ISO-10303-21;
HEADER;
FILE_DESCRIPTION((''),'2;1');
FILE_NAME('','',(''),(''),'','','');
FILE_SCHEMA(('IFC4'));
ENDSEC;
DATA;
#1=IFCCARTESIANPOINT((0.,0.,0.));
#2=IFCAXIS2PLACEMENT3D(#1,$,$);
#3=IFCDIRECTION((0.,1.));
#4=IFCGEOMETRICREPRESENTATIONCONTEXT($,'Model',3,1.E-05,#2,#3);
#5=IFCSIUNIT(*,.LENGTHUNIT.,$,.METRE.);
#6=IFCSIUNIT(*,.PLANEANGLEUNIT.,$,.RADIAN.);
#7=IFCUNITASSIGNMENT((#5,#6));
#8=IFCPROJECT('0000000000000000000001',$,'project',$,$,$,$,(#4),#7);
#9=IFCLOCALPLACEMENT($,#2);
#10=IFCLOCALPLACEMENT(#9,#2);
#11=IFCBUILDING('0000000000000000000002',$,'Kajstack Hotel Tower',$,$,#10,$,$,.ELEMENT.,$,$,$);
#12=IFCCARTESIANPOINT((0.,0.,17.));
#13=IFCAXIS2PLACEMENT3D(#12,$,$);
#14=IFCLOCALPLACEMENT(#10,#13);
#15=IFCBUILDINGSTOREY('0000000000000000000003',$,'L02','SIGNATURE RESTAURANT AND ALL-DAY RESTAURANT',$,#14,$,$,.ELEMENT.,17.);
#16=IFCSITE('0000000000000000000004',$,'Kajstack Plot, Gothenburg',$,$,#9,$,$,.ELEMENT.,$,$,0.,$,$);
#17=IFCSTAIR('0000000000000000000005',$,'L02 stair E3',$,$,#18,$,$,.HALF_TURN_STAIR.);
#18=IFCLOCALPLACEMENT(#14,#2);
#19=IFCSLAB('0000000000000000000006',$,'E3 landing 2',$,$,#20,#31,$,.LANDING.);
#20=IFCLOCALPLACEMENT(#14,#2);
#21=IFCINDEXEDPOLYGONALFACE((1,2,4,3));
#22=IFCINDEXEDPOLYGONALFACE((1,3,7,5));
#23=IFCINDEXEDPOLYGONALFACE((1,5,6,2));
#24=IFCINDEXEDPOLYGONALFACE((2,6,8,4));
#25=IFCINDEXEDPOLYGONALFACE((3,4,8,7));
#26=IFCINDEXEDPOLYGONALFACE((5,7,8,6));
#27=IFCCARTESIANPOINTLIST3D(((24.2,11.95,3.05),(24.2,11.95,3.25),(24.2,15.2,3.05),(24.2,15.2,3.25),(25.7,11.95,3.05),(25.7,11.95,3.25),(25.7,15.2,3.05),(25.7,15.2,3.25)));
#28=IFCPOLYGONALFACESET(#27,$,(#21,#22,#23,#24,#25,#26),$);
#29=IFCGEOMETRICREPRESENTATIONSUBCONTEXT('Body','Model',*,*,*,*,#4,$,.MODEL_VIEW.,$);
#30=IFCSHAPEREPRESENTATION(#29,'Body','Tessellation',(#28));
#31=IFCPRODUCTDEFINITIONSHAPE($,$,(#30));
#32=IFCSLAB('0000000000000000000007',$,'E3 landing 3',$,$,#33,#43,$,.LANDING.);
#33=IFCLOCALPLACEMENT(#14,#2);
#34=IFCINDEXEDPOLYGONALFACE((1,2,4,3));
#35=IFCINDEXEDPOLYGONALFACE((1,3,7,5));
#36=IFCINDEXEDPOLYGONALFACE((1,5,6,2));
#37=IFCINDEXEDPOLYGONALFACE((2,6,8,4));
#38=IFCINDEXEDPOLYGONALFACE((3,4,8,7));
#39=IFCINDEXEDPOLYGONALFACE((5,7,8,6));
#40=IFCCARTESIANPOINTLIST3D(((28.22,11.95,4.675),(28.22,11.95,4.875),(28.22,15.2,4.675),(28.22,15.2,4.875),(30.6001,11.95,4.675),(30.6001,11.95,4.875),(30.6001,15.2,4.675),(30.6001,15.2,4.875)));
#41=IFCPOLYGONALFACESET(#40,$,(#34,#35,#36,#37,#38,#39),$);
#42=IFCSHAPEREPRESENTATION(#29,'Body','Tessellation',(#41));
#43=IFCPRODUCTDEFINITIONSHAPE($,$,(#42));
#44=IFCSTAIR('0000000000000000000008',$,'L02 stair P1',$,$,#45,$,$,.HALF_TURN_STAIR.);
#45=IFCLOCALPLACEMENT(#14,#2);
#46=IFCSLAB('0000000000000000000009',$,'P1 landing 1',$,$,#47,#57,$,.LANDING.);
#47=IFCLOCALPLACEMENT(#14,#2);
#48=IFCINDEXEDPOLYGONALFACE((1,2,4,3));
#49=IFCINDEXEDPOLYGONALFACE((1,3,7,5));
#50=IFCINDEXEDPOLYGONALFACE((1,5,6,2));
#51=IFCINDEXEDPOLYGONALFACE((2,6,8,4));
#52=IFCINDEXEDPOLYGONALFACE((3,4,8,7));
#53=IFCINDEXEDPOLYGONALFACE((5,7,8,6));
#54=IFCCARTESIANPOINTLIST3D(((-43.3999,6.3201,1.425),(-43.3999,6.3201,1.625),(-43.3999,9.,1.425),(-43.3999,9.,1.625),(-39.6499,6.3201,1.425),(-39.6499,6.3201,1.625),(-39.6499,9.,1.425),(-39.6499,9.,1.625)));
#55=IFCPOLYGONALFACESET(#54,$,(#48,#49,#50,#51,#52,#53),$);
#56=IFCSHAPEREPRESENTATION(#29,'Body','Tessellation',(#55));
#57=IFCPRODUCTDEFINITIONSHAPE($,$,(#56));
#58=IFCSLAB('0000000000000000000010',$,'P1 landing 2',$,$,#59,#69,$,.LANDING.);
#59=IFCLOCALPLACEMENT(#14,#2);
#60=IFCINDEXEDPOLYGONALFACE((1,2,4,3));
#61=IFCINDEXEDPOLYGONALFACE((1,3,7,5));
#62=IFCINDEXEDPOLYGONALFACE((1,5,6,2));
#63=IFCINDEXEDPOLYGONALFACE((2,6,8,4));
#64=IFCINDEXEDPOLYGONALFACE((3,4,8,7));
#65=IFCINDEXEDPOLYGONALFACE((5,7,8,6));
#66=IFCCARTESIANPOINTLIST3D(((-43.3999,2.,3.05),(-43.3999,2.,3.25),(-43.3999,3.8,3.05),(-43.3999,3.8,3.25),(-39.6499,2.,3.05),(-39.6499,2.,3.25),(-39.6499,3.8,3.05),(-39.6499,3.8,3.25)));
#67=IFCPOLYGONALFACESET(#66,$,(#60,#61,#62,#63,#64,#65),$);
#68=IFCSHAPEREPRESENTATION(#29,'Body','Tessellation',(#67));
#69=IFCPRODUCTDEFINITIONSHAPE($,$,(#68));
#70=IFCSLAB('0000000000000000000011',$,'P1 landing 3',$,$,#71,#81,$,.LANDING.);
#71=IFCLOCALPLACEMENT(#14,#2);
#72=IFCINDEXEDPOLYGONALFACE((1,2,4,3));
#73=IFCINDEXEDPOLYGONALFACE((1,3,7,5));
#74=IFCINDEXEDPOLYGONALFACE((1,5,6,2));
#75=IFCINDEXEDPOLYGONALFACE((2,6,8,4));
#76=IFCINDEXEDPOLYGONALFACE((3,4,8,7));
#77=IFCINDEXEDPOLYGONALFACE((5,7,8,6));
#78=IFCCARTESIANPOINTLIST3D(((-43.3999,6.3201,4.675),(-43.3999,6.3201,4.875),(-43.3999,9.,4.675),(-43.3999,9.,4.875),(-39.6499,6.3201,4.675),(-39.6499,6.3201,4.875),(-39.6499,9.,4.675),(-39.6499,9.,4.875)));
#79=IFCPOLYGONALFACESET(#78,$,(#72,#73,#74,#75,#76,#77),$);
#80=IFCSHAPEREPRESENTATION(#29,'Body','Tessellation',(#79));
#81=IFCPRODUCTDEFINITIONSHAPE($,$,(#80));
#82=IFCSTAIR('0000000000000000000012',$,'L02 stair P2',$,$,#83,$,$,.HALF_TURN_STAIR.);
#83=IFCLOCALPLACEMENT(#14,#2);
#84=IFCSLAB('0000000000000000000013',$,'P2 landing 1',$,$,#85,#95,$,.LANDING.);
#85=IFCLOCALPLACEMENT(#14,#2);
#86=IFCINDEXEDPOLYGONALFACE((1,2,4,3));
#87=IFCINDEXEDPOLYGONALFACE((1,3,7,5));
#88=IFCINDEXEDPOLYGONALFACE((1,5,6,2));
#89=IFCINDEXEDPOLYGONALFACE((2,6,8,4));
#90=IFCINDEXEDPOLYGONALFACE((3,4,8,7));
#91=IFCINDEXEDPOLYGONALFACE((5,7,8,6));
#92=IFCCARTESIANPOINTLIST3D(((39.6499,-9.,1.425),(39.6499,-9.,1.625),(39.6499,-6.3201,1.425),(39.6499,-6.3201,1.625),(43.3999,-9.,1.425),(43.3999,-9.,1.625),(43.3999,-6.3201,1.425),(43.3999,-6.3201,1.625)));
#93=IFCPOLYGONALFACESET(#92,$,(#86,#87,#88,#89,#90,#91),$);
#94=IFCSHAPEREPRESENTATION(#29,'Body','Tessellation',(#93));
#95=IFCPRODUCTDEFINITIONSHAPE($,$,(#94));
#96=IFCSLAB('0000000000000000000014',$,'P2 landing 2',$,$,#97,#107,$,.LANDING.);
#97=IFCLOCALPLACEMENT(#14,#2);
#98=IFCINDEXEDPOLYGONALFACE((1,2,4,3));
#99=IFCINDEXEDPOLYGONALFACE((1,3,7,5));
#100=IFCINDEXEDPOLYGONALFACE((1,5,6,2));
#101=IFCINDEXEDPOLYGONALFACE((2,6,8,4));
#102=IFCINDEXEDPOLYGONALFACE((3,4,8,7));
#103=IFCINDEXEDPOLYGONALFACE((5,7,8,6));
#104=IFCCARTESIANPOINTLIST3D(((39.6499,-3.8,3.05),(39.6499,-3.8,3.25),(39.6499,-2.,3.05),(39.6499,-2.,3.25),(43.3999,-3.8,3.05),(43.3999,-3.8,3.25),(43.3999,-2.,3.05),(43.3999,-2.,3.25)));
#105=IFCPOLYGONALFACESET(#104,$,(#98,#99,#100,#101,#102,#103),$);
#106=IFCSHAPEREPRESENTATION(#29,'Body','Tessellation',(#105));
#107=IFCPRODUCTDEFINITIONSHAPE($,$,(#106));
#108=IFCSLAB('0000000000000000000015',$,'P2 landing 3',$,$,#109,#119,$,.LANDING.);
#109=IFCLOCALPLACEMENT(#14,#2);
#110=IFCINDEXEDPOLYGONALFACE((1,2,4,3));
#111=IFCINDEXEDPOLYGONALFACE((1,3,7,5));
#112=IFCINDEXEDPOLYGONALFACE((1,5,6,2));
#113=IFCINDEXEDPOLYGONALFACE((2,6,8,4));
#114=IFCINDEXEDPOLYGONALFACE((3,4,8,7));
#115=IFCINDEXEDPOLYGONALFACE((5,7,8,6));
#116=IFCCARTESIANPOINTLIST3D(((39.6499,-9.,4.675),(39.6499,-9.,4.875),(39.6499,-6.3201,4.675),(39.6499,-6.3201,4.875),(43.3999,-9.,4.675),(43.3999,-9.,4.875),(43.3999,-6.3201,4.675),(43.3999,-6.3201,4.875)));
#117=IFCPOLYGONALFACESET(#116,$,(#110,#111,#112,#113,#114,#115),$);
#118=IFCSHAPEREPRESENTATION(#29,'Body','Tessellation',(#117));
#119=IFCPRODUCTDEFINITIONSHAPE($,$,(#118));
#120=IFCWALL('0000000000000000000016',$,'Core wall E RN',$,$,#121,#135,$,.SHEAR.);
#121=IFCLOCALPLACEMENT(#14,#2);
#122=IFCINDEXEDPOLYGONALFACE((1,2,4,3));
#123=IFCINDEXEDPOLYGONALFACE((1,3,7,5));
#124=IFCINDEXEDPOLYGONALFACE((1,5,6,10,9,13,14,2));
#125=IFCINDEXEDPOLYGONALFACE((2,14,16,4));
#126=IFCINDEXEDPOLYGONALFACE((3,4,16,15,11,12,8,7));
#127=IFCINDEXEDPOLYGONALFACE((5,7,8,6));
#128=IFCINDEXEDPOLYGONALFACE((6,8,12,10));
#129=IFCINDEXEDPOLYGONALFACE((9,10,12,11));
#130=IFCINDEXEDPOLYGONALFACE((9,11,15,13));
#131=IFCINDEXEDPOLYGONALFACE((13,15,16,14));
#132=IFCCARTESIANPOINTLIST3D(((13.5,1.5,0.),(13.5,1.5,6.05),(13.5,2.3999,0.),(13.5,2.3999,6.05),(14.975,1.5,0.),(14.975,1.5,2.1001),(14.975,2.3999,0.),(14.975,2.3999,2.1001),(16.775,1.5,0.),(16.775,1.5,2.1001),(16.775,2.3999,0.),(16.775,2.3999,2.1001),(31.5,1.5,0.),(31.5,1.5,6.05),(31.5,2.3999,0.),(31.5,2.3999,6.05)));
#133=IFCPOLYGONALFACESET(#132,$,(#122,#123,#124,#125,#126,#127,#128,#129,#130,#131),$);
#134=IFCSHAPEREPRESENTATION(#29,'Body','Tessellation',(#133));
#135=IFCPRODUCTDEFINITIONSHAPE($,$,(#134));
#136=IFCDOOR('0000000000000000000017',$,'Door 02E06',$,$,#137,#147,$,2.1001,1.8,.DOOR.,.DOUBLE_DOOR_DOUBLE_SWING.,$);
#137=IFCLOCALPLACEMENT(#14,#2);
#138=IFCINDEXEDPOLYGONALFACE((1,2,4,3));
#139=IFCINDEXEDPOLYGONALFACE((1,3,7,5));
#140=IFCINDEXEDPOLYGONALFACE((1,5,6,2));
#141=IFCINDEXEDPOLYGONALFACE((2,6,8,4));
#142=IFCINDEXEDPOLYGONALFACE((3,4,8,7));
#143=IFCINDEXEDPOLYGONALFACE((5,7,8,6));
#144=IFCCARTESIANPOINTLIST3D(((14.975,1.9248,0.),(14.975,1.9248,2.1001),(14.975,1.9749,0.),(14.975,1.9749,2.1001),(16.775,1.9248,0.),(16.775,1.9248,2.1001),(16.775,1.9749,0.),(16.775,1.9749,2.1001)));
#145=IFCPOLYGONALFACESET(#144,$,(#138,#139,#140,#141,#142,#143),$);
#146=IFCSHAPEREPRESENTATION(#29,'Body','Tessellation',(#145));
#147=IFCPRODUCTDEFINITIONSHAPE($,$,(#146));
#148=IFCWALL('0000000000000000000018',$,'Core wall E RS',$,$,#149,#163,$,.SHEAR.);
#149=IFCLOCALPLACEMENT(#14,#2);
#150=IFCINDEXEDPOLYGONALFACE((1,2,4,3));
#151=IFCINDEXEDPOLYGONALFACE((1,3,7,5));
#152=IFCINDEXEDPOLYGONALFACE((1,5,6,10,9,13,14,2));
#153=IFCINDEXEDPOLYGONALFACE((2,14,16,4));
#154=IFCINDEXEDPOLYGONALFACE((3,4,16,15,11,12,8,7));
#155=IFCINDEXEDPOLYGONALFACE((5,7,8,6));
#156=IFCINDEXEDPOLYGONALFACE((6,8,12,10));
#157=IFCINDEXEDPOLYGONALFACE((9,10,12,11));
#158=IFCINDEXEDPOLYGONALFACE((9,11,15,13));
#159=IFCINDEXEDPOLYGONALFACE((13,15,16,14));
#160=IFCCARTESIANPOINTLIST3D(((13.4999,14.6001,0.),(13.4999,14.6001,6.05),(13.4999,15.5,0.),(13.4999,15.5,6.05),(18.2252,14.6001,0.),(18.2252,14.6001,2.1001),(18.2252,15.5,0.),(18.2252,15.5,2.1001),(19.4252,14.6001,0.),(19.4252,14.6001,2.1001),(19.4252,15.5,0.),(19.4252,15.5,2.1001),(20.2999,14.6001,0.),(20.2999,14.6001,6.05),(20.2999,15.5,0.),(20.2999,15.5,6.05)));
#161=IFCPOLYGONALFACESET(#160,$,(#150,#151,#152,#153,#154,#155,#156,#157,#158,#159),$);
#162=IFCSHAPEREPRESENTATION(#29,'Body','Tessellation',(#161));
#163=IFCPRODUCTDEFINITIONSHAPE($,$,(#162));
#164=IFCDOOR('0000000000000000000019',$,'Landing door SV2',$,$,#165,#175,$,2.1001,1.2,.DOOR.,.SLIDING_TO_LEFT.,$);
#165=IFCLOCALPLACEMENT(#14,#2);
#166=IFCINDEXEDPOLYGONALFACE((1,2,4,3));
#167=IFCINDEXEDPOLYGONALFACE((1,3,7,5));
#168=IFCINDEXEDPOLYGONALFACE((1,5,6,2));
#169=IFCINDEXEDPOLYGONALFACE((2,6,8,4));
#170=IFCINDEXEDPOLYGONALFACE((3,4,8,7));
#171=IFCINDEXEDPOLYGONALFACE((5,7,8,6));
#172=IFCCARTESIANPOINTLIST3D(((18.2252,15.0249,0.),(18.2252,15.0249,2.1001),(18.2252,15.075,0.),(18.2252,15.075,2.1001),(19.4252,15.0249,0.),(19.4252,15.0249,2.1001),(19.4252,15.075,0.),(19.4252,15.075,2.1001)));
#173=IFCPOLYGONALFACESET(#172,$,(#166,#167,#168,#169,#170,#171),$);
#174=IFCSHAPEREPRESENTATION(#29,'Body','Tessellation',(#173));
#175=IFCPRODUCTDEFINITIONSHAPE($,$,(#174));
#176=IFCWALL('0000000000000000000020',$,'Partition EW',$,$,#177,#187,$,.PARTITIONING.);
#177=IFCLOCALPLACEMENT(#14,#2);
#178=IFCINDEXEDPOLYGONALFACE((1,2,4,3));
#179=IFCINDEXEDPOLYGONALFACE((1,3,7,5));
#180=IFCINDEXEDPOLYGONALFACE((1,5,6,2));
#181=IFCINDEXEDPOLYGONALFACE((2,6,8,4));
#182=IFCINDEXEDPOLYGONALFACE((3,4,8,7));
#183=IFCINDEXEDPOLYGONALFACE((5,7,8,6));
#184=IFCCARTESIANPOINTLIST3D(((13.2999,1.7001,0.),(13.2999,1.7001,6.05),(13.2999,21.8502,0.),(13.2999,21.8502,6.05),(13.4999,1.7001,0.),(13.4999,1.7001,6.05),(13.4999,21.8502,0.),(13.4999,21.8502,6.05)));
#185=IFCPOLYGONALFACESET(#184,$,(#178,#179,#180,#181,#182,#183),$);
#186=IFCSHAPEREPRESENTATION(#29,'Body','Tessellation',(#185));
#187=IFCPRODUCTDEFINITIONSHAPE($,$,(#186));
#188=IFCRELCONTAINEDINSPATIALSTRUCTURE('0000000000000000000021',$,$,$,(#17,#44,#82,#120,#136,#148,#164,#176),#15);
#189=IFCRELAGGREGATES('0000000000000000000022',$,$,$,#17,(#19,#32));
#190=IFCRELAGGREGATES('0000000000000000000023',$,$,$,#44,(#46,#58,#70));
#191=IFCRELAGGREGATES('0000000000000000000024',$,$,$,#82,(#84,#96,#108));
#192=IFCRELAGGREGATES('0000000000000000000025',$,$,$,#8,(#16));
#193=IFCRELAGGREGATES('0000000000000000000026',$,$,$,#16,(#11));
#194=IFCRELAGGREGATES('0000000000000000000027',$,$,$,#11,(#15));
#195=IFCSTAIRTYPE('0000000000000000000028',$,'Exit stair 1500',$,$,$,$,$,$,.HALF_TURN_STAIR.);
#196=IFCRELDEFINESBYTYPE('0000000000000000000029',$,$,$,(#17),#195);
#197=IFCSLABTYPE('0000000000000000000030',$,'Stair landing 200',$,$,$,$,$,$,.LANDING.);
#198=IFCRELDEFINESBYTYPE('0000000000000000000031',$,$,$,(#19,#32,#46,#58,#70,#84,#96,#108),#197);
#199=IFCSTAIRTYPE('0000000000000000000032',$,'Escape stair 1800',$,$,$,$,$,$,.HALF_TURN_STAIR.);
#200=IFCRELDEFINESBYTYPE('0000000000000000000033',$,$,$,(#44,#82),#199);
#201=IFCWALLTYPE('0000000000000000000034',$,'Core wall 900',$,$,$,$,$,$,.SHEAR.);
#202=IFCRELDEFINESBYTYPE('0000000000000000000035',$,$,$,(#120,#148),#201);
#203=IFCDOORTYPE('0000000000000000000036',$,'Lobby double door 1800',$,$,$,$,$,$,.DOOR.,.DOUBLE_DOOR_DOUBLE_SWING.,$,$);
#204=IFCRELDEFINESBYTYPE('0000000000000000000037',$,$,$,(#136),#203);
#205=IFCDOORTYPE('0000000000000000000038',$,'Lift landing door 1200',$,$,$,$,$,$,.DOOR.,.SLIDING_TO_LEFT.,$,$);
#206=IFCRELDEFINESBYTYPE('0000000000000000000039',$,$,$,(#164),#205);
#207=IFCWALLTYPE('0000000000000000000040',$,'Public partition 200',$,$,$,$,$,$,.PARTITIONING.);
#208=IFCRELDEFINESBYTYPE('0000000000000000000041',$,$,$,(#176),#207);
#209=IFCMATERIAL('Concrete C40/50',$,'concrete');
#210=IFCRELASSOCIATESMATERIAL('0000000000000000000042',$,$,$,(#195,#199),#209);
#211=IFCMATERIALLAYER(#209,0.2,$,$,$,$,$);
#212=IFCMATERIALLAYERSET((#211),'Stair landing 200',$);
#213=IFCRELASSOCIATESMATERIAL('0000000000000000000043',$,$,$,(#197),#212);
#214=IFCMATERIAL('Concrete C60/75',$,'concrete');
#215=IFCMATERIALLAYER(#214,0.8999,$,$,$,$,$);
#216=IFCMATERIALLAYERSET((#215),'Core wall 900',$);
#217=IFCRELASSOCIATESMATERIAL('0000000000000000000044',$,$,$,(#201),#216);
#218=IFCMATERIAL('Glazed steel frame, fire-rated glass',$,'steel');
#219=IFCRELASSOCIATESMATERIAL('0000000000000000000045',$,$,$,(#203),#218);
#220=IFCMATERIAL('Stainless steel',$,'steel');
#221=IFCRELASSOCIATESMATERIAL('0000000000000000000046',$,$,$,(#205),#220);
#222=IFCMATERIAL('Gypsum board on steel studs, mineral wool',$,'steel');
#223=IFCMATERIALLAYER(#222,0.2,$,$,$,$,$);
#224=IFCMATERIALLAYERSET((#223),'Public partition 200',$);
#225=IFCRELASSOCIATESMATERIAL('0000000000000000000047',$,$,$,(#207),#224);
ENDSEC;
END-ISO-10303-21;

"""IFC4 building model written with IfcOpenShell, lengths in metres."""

from ifc_helpers import new_model, si_unit, direction, frame, frame_2d, origin, place, context, subcontext, project, spatial, polyline, rectangle, outline, extrude, material, layer, layer_set, type_object, element, fill, aggregate, save


model = new_model("IFC4")

# Units and contexts
model_context = context("Model", 3, precision=1e-05, world=origin(), true_north=direction((0.0, 1.0)))
body_context = subcontext(model_context, "Body", "Model", "MODEL_VIEW")
ifc_project = project(units=[si_unit("LENGTHUNIT", "METRE"), si_unit("PLANEANGLEUNIT", "RADIAN")], contexts=[model_context])

# Site, building, storey
site_placement = place(None, origin())
site = spatial("IfcSite", under=ifc_project, at=site_placement, Name="Kajstack Plot, Gothenburg", CompositionType="ELEMENT", RefElevation=0.0)
building_placement = place(site_placement, origin())
building = spatial("IfcBuilding", under=site, at=building_placement, Name="Kajstack Hotel Tower", CompositionType="ELEMENT")
storey_placement = place(building_placement, frame((0.0, 0.0, 17.0)))
storey = spatial("IfcBuildingStorey", under=building, at=storey_placement, Name="L02", Description="SIGNATURE RESTAURANT AND ALL-DAY RESTAURANT", CompositionType="ELEMENT", Elevation=17.0)

# Stairs, slabs
ifc_material_1 = material(Name="Concrete C40/50", Category="concrete")
stair_type_1 = type_object("IfcStairType", Name="Exit stair 1500", PredefinedType="HALF_TURN_STAIR", material=ifc_material_1)
stair_1_placement = place(storey_placement, origin())
stair_1 = element("IfcStair", 1, at=stair_1_placement, inside=storey, type_object=stair_type_1, Name="L02 stair E3", PredefinedType="HALF_TURN_STAIR")
ifc_layer_1 = layer(ifc_material_1, 0.2)
ifc_layer_set_1 = layer_set([ifc_layer_1], Name="Stair landing 200")
slab_type = type_object("IfcSlabType", Name="Stair landing 200", PredefinedType="LANDING", material=ifc_layer_set_1)
slab_1_placement = place(storey_placement, frame((0.0, 0.0, 3.05)))
slab_1 = element("IfcSlab", 2, at=slab_1_placement, type_object=slab_type, Name="E3 landing 2", PredefinedType="LANDING", context=body_context, shape_type="SweptSolid", body=[
    extrude(outline(polyline([(24.2, 11.95), (25.7, 11.95), (25.7, 15.2), (24.2, 15.2), (24.2, 11.95)])), origin(), (0.0, 0.0, 1.0), 0.2),
])
slab_2_placement = place(storey_placement, frame((0.0, 0.0, 4.675)))
slab_2 = element("IfcSlab", 3, at=slab_2_placement, type_object=slab_type, Name="E3 landing 3", PredefinedType="LANDING", context=body_context, shape_type="SweptSolid", body=[
    extrude(outline(polyline([(28.22, 11.95), (30.6001, 11.95), (30.6001, 15.2), (28.22, 15.2), (28.22, 11.95)])), origin(), (0.0, 0.0, 1.0), 0.2),
])
aggregate(stair_1, [slab_1, slab_2])
stair_type_2 = type_object("IfcStairType", Name="Escape stair 1800", PredefinedType="HALF_TURN_STAIR", material=ifc_material_1)
stair_2_placement = place(storey_placement, origin())
stair_2 = element("IfcStair", 4, at=stair_2_placement, inside=storey, type_object=stair_type_2, Name="L02 stair P1", PredefinedType="HALF_TURN_STAIR")
slab_3_placement = place(storey_placement, frame((0.0, 0.0, 1.425)))
slab_3 = element("IfcSlab", 5, at=slab_3_placement, type_object=slab_type, Name="P1 landing 1", PredefinedType="LANDING", context=body_context, shape_type="SweptSolid", body=[
    extrude(outline(polyline([(-39.6499, 6.3201), (-39.6499, 9.0), (-43.3999, 9.0), (-43.3999, 6.3201), (-39.6499, 6.3201)])), origin(), (0.0, 0.0, 1.0), 0.2),
])
slab_4_placement = place(storey_placement, frame((0.0, 0.0, 3.05)))
slab_4 = element("IfcSlab", 6, at=slab_4_placement, type_object=slab_type, Name="P1 landing 2", PredefinedType="LANDING", context=body_context, shape_type="SweptSolid", body=[
    extrude(outline(polyline([(-39.6499, 2.0), (-39.6499, 3.8), (-43.3999, 3.8), (-43.3999, 2.0), (-39.6499, 2.0)])), origin(), (0.0, 0.0, 1.0), 0.2),
])
slab_5_placement = place(storey_placement, frame((0.0, 0.0, 4.675)))
slab_5 = element("IfcSlab", 7, at=slab_5_placement, type_object=slab_type, Name="P1 landing 3", PredefinedType="LANDING", context=body_context, shape_type="SweptSolid", body=[
    extrude(outline(polyline([(-39.6499, 6.3201), (-39.6499, 9.0), (-43.3999, 9.0), (-43.3999, 6.3201), (-39.6499, 6.3201)])), origin(), (0.0, 0.0, 1.0), 0.2),
])
aggregate(stair_2, [slab_3, slab_4, slab_5])
stair_3_placement = place(storey_placement, origin())
stair_3 = element("IfcStair", 8, at=stair_3_placement, inside=storey, type_object=stair_type_2, Name="L02 stair P2", PredefinedType="HALF_TURN_STAIR")
slab_6_placement = place(storey_placement, frame((0.0, 0.0, 1.425)))
slab_6 = element("IfcSlab", 9, at=slab_6_placement, type_object=slab_type, Name="P2 landing 1", PredefinedType="LANDING", context=body_context, shape_type="SweptSolid", body=[
    extrude(outline(polyline([(39.6499, -6.3201), (39.6499, -9.0), (43.3999, -9.0), (43.3999, -6.3201), (39.6499, -6.3201)])), origin(), (0.0, 0.0, 1.0), 0.2),
])
slab_7_placement = place(storey_placement, frame((0.0, 0.0, 3.05)))
slab_7 = element("IfcSlab", 10, at=slab_7_placement, type_object=slab_type, Name="P2 landing 2", PredefinedType="LANDING", context=body_context, shape_type="SweptSolid", body=[
    extrude(outline(polyline([(39.6499, -2.0), (39.6499, -3.8), (43.3999, -3.8), (43.3999, -2.0), (39.6499, -2.0)])), origin(), (0.0, 0.0, 1.0), 0.2),
])
slab_8_placement = place(storey_placement, frame((0.0, 0.0, 4.675)))
slab_8 = element("IfcSlab", 11, at=slab_8_placement, type_object=slab_type, Name="P2 landing 3", PredefinedType="LANDING", context=body_context, shape_type="SweptSolid", body=[
    extrude(outline(polyline([(39.6499, -6.3201), (39.6499, -9.0), (43.3999, -9.0), (43.3999, -6.3201), (39.6499, -6.3201)])), origin(), (0.0, 0.0, 1.0), 0.2),
])
aggregate(stair_3, [slab_6, slab_7, slab_8])

# Walls, openings, doors
ifc_material_2 = material(Name="Concrete C60/75", Category="concrete")
ifc_layer_2 = layer(ifc_material_2, 0.8999)
ifc_layer_set_2 = layer_set([ifc_layer_2], Name="Core wall 900")
wall_type_1 = type_object("IfcWallType", Name="Core wall 900", PredefinedType="SHEAR", material=ifc_layer_set_2)
wall_1_placement = place(storey_placement, frame((13.5, 1.95, 0.0), z_axis=(0.0, 0.0, 1.0), x_axis=(1.0, 0.0, 0.0)))
wall_1 = element("IfcWall", 12, at=wall_1_placement, inside=storey, type_object=wall_type_1, Name="Core wall E RN", PredefinedType="SHEAR", context=body_context, shape_type="SweptSolid", body=[
    extrude(rectangle(XDim=18.0, YDim=0.8999, at=frame_2d((9.0, 0.0))), origin(), (0.0, 0.0, 1.0), 6.05),
])
opening_1_placement = place(wall_1_placement, frame((1.4751, 0.0, 0.0)))
opening_1 = element("IfcOpeningElement", 13, at=opening_1_placement, cuts=wall_1, PredefinedType="OPENING", context=body_context, shape_type="SweptSolid", body=[
    extrude(rectangle(XDim=1.8, YDim=2.1001, at=frame_2d((0.8999, 1.05))), frame((0.0, 0.46, 0.0), z_axis=(0.0, -1.0, 0.0), x_axis=(1.0, 0.0, 0.0)), (0.0, 0.0, 1.0), 0.9199),
])
ifc_material_3 = material(Name="Glazed steel frame, fire-rated glass", Category="steel")
door_type_1 = type_object("IfcDoorType", Name="Lobby double door 1800", OperationType="DOUBLE_DOOR_DOUBLE_SWING", PredefinedType="DOOR", material=ifc_material_3)
door_1_placement = place(opening_1_placement, origin())
door_1 = element("IfcDoor", 14, at=door_1_placement, inside=storey, type_object=door_type_1, Name="Door 02E06", OperationType="DOUBLE_DOOR_DOUBLE_SWING", OverallHeight=2.1001, OverallWidth=1.8, PredefinedType="DOOR", context=body_context, shape_type="SweptSolid", body=[
    extrude(rectangle(XDim=1.8, YDim=2.1001, at=frame_2d((0.8999, 1.05))), frame((0.0, 0.0249, 0.0), z_axis=(0.0, -1.0, 0.0), x_axis=(1.0, 0.0, 0.0)), (0.0, 0.0, 1.0), 0.05),
])
fill(opening_1, door_1)
wall_2_placement = place(storey_placement, frame((13.5, 15.05, 0.0), z_axis=(0.0, 0.0, 1.0), x_axis=(1.0, 0.0, 0.0)))
wall_2 = element("IfcWall", 15, at=wall_2_placement, inside=storey, type_object=wall_type_1, Name="Core wall E RS", PredefinedType="SHEAR", context=body_context, shape_type="SweptSolid", body=[
    extrude(rectangle(XDim=6.8, YDim=0.8999, at=frame_2d((3.3999, 0.0))), origin(), (0.0, 0.0, 1.0), 6.05),
])
opening_2_placement = place(wall_2_placement, frame((4.7251, 0.0, 0.0)))
opening_2 = element("IfcOpeningElement", 16, at=opening_2_placement, cuts=wall_2, PredefinedType="OPENING", context=body_context, shape_type="SweptSolid", body=[
    extrude(rectangle(XDim=1.2, YDim=2.1001, at=frame_2d((0.6001, 1.05))), frame((0.0, 0.46, 0.0), z_axis=(0.0, -1.0, 0.0), x_axis=(1.0, 0.0, 0.0)), (0.0, 0.0, 1.0), 0.9199),
])
ifc_material_4 = material(Name="Stainless steel", Category="steel")
door_type_2 = type_object("IfcDoorType", Name="Lift landing door 1200", OperationType="SLIDING_TO_LEFT", PredefinedType="DOOR", material=ifc_material_4)
door_2_placement = place(opening_2_placement, origin())
door_2 = element("IfcDoor", 17, at=door_2_placement, inside=storey, type_object=door_type_2, Name="Landing door SV2", OperationType="SLIDING_TO_LEFT", OverallHeight=2.1001, OverallWidth=1.2, PredefinedType="DOOR", context=body_context, shape_type="SweptSolid", body=[
    extrude(rectangle(XDim=1.2, YDim=2.1001, at=frame_2d((0.6001, 1.05))), frame((0.0, 0.0249, 0.0), z_axis=(0.0, -1.0, 0.0), x_axis=(1.0, 0.0, 0.0)), (0.0, 0.0, 1.0), 0.05),
])
fill(opening_2, door_2)

# Wall
ifc_material_5 = material(Name="Gypsum board on steel studs, mineral wool", Category="steel")
ifc_layer_3 = layer(ifc_material_5, 0.2)
ifc_layer_set_3 = layer_set([ifc_layer_3], Name="Public partition 200")
wall_type_2 = type_object("IfcWallType", Name="Public partition 200", PredefinedType="PARTITIONING", material=ifc_layer_set_3)
wall_3_placement = place(storey_placement, frame((13.3999, 1.7, 0.0), z_axis=(0.0, 0.0, 1.0), x_axis=(0.0, 1.0, 0.0)))
element("IfcWall", 18, at=wall_3_placement, inside=storey, type_object=wall_type_2, Name="Partition EW", PredefinedType="PARTITIONING", context=body_context, shape_type="SweptSolid", body=[
    extrude(rectangle(XDim=20.1501, YDim=0.2, at=frame_2d((10.0752, 0.0))), origin(), (0.0, 0.0, 1.0), 6.05),
])

save(model, "model.ifc")
